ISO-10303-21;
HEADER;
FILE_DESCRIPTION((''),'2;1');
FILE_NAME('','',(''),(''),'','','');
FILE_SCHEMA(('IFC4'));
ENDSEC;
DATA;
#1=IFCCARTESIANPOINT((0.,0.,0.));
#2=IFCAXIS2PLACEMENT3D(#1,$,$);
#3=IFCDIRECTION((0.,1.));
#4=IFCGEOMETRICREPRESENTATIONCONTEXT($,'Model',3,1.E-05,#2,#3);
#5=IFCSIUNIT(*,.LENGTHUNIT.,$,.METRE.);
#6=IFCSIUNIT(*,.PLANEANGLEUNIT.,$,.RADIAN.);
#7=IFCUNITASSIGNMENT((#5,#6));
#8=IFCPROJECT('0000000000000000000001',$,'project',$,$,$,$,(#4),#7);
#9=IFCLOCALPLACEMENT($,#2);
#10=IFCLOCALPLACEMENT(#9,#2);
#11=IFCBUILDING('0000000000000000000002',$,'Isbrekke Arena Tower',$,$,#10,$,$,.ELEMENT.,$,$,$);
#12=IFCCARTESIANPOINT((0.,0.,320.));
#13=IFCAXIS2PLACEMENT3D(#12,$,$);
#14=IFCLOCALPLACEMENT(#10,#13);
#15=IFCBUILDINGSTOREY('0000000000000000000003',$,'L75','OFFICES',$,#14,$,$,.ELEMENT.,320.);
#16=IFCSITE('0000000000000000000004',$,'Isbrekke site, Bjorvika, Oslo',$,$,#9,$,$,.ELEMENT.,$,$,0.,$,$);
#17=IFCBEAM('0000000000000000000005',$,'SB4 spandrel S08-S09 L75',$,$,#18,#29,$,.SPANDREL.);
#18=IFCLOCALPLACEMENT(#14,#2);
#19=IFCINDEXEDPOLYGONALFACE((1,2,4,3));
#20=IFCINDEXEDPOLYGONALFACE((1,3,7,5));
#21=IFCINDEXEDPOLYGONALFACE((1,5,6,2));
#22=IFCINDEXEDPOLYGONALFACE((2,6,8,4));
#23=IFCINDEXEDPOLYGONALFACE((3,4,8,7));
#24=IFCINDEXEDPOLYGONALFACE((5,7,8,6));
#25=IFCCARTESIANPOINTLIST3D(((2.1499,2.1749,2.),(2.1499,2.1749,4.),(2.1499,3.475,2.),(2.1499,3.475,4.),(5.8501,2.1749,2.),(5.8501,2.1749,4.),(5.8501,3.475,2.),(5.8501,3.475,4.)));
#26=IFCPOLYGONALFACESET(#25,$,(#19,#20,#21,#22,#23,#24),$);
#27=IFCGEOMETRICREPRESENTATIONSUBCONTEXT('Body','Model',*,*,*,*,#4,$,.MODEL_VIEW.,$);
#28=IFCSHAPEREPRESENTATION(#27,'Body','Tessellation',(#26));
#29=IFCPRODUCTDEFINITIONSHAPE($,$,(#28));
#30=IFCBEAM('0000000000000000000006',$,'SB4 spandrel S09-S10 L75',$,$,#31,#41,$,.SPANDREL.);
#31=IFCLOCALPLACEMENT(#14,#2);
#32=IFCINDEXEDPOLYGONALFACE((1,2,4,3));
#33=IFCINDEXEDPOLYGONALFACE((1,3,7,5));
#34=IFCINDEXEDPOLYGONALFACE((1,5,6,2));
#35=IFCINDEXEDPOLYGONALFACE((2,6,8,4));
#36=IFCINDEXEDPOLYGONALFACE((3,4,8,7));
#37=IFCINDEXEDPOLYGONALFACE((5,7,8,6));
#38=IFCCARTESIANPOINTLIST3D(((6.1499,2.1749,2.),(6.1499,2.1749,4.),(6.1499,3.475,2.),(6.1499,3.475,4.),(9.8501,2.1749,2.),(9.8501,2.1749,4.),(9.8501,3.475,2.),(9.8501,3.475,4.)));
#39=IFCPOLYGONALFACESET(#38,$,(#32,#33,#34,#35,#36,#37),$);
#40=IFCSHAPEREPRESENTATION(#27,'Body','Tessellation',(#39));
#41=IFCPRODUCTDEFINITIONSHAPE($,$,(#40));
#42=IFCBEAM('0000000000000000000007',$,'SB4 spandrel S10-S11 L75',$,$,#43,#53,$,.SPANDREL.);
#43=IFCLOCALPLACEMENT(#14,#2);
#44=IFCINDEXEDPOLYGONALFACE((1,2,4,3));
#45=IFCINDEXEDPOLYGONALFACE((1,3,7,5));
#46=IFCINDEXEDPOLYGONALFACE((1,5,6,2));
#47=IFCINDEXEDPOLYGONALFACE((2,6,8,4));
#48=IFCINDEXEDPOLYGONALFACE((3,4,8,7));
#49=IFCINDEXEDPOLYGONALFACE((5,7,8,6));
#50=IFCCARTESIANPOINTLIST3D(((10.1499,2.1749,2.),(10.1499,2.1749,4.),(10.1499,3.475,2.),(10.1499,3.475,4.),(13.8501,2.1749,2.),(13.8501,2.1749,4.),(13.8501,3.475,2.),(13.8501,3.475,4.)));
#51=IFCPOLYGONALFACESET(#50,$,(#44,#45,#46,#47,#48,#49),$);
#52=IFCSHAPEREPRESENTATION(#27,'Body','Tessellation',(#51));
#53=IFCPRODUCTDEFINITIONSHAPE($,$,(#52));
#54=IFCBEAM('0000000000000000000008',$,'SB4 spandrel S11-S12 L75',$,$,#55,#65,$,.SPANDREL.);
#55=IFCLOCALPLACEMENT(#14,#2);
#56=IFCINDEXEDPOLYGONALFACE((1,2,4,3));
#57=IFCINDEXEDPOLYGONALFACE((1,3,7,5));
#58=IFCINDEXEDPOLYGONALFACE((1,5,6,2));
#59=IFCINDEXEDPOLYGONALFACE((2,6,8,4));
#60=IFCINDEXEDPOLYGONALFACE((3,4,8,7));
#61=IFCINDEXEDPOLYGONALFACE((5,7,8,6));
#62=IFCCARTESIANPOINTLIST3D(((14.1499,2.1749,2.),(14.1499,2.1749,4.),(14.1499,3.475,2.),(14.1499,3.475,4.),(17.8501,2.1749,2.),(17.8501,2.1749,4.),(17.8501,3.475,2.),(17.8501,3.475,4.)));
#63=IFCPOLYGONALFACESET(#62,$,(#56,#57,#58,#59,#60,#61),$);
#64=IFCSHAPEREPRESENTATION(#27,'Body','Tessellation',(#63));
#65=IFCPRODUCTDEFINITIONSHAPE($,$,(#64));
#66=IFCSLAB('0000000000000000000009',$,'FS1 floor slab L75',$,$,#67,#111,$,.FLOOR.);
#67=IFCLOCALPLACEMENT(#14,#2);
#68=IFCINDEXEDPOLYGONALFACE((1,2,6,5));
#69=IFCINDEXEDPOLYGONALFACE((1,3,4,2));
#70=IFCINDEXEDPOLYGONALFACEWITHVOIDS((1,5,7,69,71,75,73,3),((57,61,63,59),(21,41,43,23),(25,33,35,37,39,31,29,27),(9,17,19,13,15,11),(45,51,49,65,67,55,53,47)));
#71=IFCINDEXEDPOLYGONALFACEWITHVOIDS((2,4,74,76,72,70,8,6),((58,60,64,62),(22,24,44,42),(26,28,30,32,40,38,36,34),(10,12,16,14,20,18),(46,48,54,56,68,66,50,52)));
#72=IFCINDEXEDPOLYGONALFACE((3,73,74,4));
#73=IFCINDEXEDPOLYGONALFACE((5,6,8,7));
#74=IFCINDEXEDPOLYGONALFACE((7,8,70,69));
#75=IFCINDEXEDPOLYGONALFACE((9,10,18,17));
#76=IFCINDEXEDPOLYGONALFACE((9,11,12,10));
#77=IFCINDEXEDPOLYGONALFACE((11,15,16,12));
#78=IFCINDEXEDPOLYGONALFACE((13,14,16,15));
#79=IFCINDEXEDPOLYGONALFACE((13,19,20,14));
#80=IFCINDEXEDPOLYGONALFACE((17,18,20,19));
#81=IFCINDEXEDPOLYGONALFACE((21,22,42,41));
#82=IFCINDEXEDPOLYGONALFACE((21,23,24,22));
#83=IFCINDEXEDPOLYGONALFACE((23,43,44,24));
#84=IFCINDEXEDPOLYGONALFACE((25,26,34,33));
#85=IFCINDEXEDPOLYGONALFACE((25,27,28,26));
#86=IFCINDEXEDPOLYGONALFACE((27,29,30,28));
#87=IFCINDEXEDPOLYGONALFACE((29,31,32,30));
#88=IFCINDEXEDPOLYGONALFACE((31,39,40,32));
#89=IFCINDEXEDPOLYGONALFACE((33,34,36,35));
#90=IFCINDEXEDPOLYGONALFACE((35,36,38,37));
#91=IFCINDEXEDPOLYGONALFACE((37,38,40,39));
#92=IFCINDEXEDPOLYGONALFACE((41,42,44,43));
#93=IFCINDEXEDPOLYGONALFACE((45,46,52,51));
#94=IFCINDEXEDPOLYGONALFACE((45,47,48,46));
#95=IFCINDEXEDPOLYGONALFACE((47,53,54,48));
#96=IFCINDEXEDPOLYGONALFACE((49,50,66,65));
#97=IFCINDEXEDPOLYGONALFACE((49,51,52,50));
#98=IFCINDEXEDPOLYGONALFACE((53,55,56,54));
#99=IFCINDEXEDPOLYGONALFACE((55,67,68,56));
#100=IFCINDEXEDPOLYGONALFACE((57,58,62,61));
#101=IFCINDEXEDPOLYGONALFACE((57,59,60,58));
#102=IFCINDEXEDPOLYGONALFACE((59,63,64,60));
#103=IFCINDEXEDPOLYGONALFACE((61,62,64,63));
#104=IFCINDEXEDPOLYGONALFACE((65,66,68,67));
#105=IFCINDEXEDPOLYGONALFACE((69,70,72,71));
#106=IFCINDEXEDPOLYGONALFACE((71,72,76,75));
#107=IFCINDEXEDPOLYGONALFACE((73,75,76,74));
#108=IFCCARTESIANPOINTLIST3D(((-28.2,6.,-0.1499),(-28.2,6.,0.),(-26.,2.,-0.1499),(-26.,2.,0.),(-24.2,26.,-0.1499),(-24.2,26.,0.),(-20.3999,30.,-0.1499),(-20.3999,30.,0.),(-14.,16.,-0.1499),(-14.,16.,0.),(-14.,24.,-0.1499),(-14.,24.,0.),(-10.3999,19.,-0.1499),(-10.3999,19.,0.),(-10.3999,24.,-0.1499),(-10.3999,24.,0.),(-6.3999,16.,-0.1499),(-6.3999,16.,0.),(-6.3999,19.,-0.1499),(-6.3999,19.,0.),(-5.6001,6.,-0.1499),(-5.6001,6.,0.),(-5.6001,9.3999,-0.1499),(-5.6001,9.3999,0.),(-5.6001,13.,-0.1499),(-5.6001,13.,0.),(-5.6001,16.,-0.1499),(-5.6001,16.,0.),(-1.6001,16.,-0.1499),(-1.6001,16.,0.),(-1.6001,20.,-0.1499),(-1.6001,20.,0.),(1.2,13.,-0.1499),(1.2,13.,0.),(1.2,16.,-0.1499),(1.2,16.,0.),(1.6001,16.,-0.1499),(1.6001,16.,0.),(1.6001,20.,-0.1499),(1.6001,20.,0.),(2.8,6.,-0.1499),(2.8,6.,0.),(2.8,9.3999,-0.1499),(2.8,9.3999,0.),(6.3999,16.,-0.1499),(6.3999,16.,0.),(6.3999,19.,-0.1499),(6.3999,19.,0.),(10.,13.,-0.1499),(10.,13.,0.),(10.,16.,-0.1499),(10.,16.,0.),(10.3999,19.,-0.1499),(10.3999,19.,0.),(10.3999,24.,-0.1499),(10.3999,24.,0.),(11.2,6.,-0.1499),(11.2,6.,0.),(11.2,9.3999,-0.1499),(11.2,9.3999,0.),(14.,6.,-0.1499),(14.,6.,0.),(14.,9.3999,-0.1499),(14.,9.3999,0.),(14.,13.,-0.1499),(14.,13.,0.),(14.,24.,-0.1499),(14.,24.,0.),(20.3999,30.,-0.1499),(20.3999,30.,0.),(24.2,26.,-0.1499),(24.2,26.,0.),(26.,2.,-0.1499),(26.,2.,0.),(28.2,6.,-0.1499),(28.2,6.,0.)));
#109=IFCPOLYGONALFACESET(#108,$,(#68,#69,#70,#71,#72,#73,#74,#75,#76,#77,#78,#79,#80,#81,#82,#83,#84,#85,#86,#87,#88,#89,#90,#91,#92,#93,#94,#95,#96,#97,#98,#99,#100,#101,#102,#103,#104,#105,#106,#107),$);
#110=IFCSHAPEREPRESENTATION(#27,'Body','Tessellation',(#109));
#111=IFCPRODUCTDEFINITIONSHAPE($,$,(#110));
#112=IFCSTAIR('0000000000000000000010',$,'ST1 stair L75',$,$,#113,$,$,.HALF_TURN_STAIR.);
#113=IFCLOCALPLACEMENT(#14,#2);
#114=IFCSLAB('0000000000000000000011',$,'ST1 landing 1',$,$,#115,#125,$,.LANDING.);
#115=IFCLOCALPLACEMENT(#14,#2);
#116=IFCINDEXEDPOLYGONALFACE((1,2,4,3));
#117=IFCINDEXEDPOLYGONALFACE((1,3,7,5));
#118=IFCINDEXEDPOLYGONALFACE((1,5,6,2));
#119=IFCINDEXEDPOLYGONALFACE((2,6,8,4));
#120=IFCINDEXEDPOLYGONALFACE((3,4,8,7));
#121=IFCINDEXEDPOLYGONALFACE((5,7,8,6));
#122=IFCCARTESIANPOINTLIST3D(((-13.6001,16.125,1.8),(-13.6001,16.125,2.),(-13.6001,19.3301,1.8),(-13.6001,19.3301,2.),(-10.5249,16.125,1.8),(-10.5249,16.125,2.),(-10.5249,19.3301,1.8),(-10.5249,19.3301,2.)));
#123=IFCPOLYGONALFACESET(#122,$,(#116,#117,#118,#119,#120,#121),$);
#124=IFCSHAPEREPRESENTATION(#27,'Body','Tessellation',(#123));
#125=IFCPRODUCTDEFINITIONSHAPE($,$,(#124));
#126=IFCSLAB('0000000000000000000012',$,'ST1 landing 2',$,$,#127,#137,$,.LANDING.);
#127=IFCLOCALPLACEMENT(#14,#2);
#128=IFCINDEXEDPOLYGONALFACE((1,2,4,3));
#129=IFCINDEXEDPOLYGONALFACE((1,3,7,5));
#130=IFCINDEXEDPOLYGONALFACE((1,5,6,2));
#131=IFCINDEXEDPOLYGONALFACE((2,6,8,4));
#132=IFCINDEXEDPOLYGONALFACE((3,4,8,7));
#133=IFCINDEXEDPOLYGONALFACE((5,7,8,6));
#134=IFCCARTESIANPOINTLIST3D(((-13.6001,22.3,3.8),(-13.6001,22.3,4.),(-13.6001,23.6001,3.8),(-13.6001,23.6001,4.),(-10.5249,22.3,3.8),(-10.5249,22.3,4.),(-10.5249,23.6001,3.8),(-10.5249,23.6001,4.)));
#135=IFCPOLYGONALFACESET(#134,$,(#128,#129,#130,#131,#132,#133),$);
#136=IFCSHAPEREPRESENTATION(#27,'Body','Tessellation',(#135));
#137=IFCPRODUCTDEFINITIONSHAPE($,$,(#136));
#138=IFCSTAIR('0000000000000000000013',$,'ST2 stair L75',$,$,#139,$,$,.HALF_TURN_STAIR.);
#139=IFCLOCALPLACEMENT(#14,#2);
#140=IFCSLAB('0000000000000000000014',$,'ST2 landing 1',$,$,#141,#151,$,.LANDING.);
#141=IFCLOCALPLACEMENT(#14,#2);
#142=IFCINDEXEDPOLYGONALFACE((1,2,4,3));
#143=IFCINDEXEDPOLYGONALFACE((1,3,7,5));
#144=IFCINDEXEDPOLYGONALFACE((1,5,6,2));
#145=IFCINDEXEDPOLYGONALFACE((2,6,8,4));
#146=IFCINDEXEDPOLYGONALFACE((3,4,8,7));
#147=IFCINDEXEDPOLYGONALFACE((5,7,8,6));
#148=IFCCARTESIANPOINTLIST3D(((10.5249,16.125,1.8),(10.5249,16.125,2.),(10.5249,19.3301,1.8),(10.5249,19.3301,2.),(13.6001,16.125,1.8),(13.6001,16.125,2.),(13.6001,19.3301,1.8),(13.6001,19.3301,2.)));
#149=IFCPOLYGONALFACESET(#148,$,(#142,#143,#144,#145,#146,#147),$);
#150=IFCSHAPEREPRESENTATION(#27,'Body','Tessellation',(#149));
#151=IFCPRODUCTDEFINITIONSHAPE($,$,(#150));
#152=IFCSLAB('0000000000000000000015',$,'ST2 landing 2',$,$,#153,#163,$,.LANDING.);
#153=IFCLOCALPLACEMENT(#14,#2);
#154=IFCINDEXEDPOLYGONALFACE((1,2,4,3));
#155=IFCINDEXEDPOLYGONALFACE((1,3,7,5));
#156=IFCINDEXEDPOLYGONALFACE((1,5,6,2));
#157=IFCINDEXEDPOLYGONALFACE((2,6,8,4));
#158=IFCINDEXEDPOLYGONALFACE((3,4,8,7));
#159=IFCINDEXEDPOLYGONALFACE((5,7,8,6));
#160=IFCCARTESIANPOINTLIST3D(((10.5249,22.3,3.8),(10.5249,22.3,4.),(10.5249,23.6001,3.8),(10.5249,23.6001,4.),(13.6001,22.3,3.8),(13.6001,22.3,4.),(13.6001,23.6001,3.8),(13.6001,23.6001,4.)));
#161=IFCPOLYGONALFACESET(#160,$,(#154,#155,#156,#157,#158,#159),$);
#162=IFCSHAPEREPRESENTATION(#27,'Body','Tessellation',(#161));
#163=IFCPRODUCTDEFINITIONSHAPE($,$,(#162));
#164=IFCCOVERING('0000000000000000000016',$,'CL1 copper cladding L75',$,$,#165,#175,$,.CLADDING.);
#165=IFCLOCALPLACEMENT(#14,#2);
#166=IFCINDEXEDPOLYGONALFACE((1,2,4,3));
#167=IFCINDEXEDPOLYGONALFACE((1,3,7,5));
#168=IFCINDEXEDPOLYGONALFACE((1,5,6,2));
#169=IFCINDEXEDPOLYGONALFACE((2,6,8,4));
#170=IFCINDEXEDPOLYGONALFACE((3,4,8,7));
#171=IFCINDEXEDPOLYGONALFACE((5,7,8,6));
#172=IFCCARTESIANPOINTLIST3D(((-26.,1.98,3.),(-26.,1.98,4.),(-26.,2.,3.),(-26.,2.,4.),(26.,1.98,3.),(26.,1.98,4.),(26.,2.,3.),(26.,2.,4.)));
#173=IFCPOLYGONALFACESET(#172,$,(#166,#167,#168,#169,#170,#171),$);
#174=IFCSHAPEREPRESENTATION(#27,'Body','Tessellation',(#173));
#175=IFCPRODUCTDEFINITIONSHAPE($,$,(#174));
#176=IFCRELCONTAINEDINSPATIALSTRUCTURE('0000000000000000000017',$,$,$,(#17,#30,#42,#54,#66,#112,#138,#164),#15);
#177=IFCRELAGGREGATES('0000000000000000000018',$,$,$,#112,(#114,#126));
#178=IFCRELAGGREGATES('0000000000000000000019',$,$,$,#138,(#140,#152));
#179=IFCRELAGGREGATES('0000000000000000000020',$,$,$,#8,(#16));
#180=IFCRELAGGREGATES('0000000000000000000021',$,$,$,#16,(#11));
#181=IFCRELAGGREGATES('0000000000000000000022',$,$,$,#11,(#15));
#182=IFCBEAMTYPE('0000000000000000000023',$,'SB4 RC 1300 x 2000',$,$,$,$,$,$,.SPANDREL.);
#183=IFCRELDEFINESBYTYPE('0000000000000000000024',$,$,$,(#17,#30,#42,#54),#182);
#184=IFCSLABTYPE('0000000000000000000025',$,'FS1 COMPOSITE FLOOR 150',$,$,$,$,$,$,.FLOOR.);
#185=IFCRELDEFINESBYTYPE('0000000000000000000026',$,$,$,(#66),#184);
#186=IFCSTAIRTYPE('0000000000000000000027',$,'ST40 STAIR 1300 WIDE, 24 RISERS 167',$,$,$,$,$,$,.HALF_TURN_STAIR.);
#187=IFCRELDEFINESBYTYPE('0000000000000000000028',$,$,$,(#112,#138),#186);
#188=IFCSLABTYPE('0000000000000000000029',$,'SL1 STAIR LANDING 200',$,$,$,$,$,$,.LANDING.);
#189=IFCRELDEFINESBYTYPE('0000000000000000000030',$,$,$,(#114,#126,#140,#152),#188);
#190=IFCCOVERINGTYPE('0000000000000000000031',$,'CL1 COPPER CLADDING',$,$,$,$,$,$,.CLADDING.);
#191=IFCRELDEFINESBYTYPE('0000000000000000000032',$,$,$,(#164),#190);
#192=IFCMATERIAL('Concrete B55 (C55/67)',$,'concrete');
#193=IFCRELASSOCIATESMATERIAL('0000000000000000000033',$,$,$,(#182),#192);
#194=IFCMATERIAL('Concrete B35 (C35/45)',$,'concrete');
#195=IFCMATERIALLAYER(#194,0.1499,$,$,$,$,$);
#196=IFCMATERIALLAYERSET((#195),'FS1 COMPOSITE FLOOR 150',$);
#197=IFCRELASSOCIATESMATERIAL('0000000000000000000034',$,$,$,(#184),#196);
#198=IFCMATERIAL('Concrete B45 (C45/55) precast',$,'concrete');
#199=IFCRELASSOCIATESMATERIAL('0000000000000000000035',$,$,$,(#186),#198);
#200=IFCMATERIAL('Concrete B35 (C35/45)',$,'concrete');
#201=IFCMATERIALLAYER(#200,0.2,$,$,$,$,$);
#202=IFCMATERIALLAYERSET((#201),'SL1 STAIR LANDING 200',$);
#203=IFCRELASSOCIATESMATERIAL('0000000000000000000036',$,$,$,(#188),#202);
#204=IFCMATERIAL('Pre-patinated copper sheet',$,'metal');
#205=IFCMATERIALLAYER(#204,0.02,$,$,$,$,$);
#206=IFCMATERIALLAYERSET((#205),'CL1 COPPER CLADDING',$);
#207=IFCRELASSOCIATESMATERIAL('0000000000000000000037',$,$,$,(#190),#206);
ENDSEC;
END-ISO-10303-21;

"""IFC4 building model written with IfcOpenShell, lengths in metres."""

from ifc_helpers import new_model, si_unit, direction, frame, origin, origin_2d, place, context, subcontext, project, spatial, polyline, rectangle, outline, extrude, material, layer, layer_set, material_profile, profile_set, type_object, element, aggregate, save


model = new_model("IFC4")

# Units and contexts
model_context = context("Model", 3, precision=1e-05, world=origin(), true_north=direction((0.0, 1.0)))
body_context = subcontext(model_context, "Body", "Model", "MODEL_VIEW")
ifc_project = project(units=[si_unit("LENGTHUNIT", "METRE"), si_unit("PLANEANGLEUNIT", "RADIAN")], contexts=[model_context])

# Site, building, storey
site_placement = place(None, origin())
site = spatial("IfcSite", under=ifc_project, at=site_placement, Name="Isbrekke site, Bjorvika, Oslo", CompositionType="ELEMENT", RefElevation=0.0)
building_placement = place(site_placement, origin())
building = spatial("IfcBuilding", under=site, at=building_placement, Name="Isbrekke Arena Tower", CompositionType="ELEMENT")
storey_placement = place(building_placement, frame((0.0, 0.0, 320.0)))
storey = spatial("IfcBuildingStorey", under=building, at=storey_placement, Name="L75", Description="OFFICES", CompositionType="ELEMENT", Elevation=320.0)

# Beams
ifc_material_1 = material(Name="Concrete B55 (C55/67)", Category="concrete")
ifc_material_profile_1 = material_profile(ifc_material_1, rectangle(XDim=1.3, YDim=2.0, at=origin_2d()), Name="RC 1300x2000")
ifc_profile_set_1 = profile_set([ifc_material_profile_1], Name="Concrete B55 (C55/67)")
beam_type_1 = type_object("IfcBeamType", Name="SB4 RC 1300 x 2000", PredefinedType="SPANDREL", material=ifc_profile_set_1)
for number, where, z_axis, x_axis, name in (
    (1, (2.1499, 2.825, 3.0), (1.0, 0.0, 0.0), (0.0, 1.0, 0.0), "SB4 spandrel S08-S09 L75"),
    (2, (6.1499, 2.825, 3.0), (1.0, 0.0, 0.0), (0.0, 1.0, 0.0), "SB4 spandrel S09-S10 L75"),
    (3, (10.1499, 2.825, 3.0), (1.0, 0.0, 0.0), (0.0, 1.0, 0.0), "SB4 spandrel S10-S11 L75"),
    (4, (14.1499, 2.825, 3.0), (1.0, 0.0, 0.0), (0.0, 1.0, 0.0), "SB4 spandrel S11-S12 L75"),
):
    element("IfcBeam", number, at=place(storey_placement, frame(where, z_axis=z_axis, x_axis=x_axis)), inside=storey, type_object=beam_type_1, Name=name, PredefinedType="SPANDREL", context=body_context, shape_type="SweptSolid", body=[
        extrude(rectangle(XDim=1.3, YDim=2.0, at=origin_2d()), origin(), (0.0, 0.0, 1.0), 3.7002),
    ])

# Slab
ifc_material_2 = material(Name="Concrete B35 (C35/45)", Category="concrete")
ifc_layer_1 = layer(ifc_material_2, 0.1499)
ifc_layer_set_1 = layer_set([ifc_layer_1], Name="FS1 COMPOSITE FLOOR 150")
slab_type_1 = type_object("IfcSlabType", Name="FS1 COMPOSITE FLOOR 150", PredefinedType="FLOOR", material=ifc_layer_set_1)
slab_1_placement = place(storey_placement, frame((0.0, 0.0, -0.1499)))
element("IfcSlab", 5, at=slab_1_placement, inside=storey, type_object=slab_type_1, Name="FS1 floor slab L75", PredefinedType="FLOOR", context=body_context, shape_type="SweptSolid", body=[
    extrude(outline(polyline([(-26.0, 2.0), (26.0, 2.0), (28.2, 6.0), (24.2, 26.0), (20.3999, 30.0), (-20.3999, 30.0), (-24.2, 26.0), (-28.2, 6.0), (-26.0, 2.0)]), holes=[polyline([(2.8, 9.3999), (2.8, 6.0), (-5.6001, 6.0), (-5.6001, 9.3999), (2.8, 9.3999)]), polyline([(11.2, 6.0), (11.2, 9.3999), (14.0, 9.3999), (14.0, 6.0), (11.2, 6.0)]), polyline([(-5.6001, 13.0), (-5.6001, 16.0), (-1.6001, 16.0), (-1.6001, 20.0), (1.6001, 20.0), (1.6001, 16.0), (1.2, 16.0), (1.2, 13.0), (-5.6001, 13.0)]), polyline([(14.0, 13.0), (10.0, 13.0), (10.0, 16.0), (6.3999, 16.0), (6.3999, 19.0), (10.3999, 19.0), (10.3999, 24.0), (14.0, 24.0), (14.0, 13.0)]), polyline([(-6.3999, 19.0), (-6.3999, 16.0), (-14.0, 16.0), (-14.0, 24.0), (-10.3999, 24.0), (-10.3999, 19.0), (-6.3999, 19.0)])]), origin(), (0.0, 0.0, 1.0), 0.1499),
])

# Stairs, slabs
ifc_material_3 = material(Name="Concrete B45 (C45/55) precast", Category="concrete")
stair_type = type_object("IfcStairType", Name="ST40 STAIR 1300 WIDE, 24 RISERS 167", PredefinedType="HALF_TURN_STAIR", material=ifc_material_3)
stair_1_placement = place(storey_placement, origin())
stair_1 = element("IfcStair", 6, at=stair_1_placement, inside=storey, type_object=stair_type, Name="ST1 stair L75", PredefinedType="HALF_TURN_STAIR")
ifc_material_4 = material(Name="Concrete B35 (C35/45)", Category="concrete")
ifc_layer_2 = layer(ifc_material_4, 0.2)
ifc_layer_set_2 = layer_set([ifc_layer_2], Name="SL1 STAIR LANDING 200")
slab_type_2 = type_object("IfcSlabType", Name="SL1 STAIR LANDING 200", PredefinedType="LANDING", material=ifc_layer_set_2)
slab_2_placement = place(storey_placement, frame((0.0, 0.0, 1.8)))
slab_2 = element("IfcSlab", 7, at=slab_2_placement, type_object=slab_type_2, Name="ST1 landing 1", PredefinedType="LANDING", context=body_context, shape_type="SweptSolid", body=[
    extrude(outline(polyline([(-13.6001, 16.125), (-10.5249, 16.125), (-10.5249, 19.3301), (-13.6001, 19.3301), (-13.6001, 16.125)])), origin(), (0.0, 0.0, 1.0), 0.2),
])
slab_3_placement = place(storey_placement, frame((0.0, 0.0, 3.8)))
slab_3 = element("IfcSlab", 8, at=slab_3_placement, type_object=slab_type_2, Name="ST1 landing 2", PredefinedType="LANDING", context=body_context, shape_type="SweptSolid", body=[
    extrude(outline(polyline([(-13.6001, 22.3), (-10.5249, 22.3), (-10.5249, 23.6001), (-13.6001, 23.6001), (-13.6001, 22.3)])), origin(), (0.0, 0.0, 1.0), 0.2),
])
aggregate(stair_1, [slab_2, slab_3])
stair_2_placement = place(storey_placement, origin())
stair_2 = element("IfcStair", 9, at=stair_2_placement, inside=storey, type_object=stair_type, Name="ST2 stair L75", PredefinedType="HALF_TURN_STAIR")
slab_4_placement = place(storey_placement, frame((0.0, 0.0, 1.8)))
slab_4 = element("IfcSlab", 10, at=slab_4_placement, type_object=slab_type_2, Name="ST2 landing 1", PredefinedType="LANDING", context=body_context, shape_type="SweptSolid", body=[
    extrude(outline(polyline([(10.5249, 16.125), (13.6001, 16.125), (13.6001, 19.3301), (10.5249, 19.3301), (10.5249, 16.125)])), origin(), (0.0, 0.0, 1.0), 0.2),
])
slab_5_placement = place(storey_placement, frame((0.0, 0.0, 3.8)))
slab_5 = element("IfcSlab", 11, at=slab_5_placement, type_object=slab_type_2, Name="ST2 landing 2", PredefinedType="LANDING", context=body_context, shape_type="SweptSolid", body=[
    extrude(outline(polyline([(10.5249, 22.3), (13.6001, 22.3), (13.6001, 23.6001), (10.5249, 23.6001), (10.5249, 22.3)])), origin(), (0.0, 0.0, 1.0), 0.2),
])
aggregate(stair_2, [slab_4, slab_5])

# Covering
ifc_material_5 = material(Name="Pre-patinated copper sheet", Category="metal")
ifc_layer_3 = layer(ifc_material_5, 0.02)
ifc_layer_set_3 = layer_set([ifc_layer_3], Name="CL1 COPPER CLADDING")
covering_type = type_object("IfcCoveringType", Name="CL1 COPPER CLADDING", PredefinedType="CLADDING", material=ifc_layer_set_3)
covering_placement = place(storey_placement, frame((0.0, 1.99, 3.0), z_axis=(0.0, 0.0, 1.0), x_axis=(1.0, 0.0, 0.0)))
element("IfcCovering", 12, at=covering_placement, inside=storey, type_object=covering_type, Name="CL1 copper cladding L75", PredefinedType="CLADDING", context=body_context, shape_type="SweptSolid", body=[
    extrude(rectangle(XDim=52.0, YDim=0.02, at=origin_2d()), origin(), (0.0, 0.0, 1.0), 1.0),
])

save(model, "model.ifc")
